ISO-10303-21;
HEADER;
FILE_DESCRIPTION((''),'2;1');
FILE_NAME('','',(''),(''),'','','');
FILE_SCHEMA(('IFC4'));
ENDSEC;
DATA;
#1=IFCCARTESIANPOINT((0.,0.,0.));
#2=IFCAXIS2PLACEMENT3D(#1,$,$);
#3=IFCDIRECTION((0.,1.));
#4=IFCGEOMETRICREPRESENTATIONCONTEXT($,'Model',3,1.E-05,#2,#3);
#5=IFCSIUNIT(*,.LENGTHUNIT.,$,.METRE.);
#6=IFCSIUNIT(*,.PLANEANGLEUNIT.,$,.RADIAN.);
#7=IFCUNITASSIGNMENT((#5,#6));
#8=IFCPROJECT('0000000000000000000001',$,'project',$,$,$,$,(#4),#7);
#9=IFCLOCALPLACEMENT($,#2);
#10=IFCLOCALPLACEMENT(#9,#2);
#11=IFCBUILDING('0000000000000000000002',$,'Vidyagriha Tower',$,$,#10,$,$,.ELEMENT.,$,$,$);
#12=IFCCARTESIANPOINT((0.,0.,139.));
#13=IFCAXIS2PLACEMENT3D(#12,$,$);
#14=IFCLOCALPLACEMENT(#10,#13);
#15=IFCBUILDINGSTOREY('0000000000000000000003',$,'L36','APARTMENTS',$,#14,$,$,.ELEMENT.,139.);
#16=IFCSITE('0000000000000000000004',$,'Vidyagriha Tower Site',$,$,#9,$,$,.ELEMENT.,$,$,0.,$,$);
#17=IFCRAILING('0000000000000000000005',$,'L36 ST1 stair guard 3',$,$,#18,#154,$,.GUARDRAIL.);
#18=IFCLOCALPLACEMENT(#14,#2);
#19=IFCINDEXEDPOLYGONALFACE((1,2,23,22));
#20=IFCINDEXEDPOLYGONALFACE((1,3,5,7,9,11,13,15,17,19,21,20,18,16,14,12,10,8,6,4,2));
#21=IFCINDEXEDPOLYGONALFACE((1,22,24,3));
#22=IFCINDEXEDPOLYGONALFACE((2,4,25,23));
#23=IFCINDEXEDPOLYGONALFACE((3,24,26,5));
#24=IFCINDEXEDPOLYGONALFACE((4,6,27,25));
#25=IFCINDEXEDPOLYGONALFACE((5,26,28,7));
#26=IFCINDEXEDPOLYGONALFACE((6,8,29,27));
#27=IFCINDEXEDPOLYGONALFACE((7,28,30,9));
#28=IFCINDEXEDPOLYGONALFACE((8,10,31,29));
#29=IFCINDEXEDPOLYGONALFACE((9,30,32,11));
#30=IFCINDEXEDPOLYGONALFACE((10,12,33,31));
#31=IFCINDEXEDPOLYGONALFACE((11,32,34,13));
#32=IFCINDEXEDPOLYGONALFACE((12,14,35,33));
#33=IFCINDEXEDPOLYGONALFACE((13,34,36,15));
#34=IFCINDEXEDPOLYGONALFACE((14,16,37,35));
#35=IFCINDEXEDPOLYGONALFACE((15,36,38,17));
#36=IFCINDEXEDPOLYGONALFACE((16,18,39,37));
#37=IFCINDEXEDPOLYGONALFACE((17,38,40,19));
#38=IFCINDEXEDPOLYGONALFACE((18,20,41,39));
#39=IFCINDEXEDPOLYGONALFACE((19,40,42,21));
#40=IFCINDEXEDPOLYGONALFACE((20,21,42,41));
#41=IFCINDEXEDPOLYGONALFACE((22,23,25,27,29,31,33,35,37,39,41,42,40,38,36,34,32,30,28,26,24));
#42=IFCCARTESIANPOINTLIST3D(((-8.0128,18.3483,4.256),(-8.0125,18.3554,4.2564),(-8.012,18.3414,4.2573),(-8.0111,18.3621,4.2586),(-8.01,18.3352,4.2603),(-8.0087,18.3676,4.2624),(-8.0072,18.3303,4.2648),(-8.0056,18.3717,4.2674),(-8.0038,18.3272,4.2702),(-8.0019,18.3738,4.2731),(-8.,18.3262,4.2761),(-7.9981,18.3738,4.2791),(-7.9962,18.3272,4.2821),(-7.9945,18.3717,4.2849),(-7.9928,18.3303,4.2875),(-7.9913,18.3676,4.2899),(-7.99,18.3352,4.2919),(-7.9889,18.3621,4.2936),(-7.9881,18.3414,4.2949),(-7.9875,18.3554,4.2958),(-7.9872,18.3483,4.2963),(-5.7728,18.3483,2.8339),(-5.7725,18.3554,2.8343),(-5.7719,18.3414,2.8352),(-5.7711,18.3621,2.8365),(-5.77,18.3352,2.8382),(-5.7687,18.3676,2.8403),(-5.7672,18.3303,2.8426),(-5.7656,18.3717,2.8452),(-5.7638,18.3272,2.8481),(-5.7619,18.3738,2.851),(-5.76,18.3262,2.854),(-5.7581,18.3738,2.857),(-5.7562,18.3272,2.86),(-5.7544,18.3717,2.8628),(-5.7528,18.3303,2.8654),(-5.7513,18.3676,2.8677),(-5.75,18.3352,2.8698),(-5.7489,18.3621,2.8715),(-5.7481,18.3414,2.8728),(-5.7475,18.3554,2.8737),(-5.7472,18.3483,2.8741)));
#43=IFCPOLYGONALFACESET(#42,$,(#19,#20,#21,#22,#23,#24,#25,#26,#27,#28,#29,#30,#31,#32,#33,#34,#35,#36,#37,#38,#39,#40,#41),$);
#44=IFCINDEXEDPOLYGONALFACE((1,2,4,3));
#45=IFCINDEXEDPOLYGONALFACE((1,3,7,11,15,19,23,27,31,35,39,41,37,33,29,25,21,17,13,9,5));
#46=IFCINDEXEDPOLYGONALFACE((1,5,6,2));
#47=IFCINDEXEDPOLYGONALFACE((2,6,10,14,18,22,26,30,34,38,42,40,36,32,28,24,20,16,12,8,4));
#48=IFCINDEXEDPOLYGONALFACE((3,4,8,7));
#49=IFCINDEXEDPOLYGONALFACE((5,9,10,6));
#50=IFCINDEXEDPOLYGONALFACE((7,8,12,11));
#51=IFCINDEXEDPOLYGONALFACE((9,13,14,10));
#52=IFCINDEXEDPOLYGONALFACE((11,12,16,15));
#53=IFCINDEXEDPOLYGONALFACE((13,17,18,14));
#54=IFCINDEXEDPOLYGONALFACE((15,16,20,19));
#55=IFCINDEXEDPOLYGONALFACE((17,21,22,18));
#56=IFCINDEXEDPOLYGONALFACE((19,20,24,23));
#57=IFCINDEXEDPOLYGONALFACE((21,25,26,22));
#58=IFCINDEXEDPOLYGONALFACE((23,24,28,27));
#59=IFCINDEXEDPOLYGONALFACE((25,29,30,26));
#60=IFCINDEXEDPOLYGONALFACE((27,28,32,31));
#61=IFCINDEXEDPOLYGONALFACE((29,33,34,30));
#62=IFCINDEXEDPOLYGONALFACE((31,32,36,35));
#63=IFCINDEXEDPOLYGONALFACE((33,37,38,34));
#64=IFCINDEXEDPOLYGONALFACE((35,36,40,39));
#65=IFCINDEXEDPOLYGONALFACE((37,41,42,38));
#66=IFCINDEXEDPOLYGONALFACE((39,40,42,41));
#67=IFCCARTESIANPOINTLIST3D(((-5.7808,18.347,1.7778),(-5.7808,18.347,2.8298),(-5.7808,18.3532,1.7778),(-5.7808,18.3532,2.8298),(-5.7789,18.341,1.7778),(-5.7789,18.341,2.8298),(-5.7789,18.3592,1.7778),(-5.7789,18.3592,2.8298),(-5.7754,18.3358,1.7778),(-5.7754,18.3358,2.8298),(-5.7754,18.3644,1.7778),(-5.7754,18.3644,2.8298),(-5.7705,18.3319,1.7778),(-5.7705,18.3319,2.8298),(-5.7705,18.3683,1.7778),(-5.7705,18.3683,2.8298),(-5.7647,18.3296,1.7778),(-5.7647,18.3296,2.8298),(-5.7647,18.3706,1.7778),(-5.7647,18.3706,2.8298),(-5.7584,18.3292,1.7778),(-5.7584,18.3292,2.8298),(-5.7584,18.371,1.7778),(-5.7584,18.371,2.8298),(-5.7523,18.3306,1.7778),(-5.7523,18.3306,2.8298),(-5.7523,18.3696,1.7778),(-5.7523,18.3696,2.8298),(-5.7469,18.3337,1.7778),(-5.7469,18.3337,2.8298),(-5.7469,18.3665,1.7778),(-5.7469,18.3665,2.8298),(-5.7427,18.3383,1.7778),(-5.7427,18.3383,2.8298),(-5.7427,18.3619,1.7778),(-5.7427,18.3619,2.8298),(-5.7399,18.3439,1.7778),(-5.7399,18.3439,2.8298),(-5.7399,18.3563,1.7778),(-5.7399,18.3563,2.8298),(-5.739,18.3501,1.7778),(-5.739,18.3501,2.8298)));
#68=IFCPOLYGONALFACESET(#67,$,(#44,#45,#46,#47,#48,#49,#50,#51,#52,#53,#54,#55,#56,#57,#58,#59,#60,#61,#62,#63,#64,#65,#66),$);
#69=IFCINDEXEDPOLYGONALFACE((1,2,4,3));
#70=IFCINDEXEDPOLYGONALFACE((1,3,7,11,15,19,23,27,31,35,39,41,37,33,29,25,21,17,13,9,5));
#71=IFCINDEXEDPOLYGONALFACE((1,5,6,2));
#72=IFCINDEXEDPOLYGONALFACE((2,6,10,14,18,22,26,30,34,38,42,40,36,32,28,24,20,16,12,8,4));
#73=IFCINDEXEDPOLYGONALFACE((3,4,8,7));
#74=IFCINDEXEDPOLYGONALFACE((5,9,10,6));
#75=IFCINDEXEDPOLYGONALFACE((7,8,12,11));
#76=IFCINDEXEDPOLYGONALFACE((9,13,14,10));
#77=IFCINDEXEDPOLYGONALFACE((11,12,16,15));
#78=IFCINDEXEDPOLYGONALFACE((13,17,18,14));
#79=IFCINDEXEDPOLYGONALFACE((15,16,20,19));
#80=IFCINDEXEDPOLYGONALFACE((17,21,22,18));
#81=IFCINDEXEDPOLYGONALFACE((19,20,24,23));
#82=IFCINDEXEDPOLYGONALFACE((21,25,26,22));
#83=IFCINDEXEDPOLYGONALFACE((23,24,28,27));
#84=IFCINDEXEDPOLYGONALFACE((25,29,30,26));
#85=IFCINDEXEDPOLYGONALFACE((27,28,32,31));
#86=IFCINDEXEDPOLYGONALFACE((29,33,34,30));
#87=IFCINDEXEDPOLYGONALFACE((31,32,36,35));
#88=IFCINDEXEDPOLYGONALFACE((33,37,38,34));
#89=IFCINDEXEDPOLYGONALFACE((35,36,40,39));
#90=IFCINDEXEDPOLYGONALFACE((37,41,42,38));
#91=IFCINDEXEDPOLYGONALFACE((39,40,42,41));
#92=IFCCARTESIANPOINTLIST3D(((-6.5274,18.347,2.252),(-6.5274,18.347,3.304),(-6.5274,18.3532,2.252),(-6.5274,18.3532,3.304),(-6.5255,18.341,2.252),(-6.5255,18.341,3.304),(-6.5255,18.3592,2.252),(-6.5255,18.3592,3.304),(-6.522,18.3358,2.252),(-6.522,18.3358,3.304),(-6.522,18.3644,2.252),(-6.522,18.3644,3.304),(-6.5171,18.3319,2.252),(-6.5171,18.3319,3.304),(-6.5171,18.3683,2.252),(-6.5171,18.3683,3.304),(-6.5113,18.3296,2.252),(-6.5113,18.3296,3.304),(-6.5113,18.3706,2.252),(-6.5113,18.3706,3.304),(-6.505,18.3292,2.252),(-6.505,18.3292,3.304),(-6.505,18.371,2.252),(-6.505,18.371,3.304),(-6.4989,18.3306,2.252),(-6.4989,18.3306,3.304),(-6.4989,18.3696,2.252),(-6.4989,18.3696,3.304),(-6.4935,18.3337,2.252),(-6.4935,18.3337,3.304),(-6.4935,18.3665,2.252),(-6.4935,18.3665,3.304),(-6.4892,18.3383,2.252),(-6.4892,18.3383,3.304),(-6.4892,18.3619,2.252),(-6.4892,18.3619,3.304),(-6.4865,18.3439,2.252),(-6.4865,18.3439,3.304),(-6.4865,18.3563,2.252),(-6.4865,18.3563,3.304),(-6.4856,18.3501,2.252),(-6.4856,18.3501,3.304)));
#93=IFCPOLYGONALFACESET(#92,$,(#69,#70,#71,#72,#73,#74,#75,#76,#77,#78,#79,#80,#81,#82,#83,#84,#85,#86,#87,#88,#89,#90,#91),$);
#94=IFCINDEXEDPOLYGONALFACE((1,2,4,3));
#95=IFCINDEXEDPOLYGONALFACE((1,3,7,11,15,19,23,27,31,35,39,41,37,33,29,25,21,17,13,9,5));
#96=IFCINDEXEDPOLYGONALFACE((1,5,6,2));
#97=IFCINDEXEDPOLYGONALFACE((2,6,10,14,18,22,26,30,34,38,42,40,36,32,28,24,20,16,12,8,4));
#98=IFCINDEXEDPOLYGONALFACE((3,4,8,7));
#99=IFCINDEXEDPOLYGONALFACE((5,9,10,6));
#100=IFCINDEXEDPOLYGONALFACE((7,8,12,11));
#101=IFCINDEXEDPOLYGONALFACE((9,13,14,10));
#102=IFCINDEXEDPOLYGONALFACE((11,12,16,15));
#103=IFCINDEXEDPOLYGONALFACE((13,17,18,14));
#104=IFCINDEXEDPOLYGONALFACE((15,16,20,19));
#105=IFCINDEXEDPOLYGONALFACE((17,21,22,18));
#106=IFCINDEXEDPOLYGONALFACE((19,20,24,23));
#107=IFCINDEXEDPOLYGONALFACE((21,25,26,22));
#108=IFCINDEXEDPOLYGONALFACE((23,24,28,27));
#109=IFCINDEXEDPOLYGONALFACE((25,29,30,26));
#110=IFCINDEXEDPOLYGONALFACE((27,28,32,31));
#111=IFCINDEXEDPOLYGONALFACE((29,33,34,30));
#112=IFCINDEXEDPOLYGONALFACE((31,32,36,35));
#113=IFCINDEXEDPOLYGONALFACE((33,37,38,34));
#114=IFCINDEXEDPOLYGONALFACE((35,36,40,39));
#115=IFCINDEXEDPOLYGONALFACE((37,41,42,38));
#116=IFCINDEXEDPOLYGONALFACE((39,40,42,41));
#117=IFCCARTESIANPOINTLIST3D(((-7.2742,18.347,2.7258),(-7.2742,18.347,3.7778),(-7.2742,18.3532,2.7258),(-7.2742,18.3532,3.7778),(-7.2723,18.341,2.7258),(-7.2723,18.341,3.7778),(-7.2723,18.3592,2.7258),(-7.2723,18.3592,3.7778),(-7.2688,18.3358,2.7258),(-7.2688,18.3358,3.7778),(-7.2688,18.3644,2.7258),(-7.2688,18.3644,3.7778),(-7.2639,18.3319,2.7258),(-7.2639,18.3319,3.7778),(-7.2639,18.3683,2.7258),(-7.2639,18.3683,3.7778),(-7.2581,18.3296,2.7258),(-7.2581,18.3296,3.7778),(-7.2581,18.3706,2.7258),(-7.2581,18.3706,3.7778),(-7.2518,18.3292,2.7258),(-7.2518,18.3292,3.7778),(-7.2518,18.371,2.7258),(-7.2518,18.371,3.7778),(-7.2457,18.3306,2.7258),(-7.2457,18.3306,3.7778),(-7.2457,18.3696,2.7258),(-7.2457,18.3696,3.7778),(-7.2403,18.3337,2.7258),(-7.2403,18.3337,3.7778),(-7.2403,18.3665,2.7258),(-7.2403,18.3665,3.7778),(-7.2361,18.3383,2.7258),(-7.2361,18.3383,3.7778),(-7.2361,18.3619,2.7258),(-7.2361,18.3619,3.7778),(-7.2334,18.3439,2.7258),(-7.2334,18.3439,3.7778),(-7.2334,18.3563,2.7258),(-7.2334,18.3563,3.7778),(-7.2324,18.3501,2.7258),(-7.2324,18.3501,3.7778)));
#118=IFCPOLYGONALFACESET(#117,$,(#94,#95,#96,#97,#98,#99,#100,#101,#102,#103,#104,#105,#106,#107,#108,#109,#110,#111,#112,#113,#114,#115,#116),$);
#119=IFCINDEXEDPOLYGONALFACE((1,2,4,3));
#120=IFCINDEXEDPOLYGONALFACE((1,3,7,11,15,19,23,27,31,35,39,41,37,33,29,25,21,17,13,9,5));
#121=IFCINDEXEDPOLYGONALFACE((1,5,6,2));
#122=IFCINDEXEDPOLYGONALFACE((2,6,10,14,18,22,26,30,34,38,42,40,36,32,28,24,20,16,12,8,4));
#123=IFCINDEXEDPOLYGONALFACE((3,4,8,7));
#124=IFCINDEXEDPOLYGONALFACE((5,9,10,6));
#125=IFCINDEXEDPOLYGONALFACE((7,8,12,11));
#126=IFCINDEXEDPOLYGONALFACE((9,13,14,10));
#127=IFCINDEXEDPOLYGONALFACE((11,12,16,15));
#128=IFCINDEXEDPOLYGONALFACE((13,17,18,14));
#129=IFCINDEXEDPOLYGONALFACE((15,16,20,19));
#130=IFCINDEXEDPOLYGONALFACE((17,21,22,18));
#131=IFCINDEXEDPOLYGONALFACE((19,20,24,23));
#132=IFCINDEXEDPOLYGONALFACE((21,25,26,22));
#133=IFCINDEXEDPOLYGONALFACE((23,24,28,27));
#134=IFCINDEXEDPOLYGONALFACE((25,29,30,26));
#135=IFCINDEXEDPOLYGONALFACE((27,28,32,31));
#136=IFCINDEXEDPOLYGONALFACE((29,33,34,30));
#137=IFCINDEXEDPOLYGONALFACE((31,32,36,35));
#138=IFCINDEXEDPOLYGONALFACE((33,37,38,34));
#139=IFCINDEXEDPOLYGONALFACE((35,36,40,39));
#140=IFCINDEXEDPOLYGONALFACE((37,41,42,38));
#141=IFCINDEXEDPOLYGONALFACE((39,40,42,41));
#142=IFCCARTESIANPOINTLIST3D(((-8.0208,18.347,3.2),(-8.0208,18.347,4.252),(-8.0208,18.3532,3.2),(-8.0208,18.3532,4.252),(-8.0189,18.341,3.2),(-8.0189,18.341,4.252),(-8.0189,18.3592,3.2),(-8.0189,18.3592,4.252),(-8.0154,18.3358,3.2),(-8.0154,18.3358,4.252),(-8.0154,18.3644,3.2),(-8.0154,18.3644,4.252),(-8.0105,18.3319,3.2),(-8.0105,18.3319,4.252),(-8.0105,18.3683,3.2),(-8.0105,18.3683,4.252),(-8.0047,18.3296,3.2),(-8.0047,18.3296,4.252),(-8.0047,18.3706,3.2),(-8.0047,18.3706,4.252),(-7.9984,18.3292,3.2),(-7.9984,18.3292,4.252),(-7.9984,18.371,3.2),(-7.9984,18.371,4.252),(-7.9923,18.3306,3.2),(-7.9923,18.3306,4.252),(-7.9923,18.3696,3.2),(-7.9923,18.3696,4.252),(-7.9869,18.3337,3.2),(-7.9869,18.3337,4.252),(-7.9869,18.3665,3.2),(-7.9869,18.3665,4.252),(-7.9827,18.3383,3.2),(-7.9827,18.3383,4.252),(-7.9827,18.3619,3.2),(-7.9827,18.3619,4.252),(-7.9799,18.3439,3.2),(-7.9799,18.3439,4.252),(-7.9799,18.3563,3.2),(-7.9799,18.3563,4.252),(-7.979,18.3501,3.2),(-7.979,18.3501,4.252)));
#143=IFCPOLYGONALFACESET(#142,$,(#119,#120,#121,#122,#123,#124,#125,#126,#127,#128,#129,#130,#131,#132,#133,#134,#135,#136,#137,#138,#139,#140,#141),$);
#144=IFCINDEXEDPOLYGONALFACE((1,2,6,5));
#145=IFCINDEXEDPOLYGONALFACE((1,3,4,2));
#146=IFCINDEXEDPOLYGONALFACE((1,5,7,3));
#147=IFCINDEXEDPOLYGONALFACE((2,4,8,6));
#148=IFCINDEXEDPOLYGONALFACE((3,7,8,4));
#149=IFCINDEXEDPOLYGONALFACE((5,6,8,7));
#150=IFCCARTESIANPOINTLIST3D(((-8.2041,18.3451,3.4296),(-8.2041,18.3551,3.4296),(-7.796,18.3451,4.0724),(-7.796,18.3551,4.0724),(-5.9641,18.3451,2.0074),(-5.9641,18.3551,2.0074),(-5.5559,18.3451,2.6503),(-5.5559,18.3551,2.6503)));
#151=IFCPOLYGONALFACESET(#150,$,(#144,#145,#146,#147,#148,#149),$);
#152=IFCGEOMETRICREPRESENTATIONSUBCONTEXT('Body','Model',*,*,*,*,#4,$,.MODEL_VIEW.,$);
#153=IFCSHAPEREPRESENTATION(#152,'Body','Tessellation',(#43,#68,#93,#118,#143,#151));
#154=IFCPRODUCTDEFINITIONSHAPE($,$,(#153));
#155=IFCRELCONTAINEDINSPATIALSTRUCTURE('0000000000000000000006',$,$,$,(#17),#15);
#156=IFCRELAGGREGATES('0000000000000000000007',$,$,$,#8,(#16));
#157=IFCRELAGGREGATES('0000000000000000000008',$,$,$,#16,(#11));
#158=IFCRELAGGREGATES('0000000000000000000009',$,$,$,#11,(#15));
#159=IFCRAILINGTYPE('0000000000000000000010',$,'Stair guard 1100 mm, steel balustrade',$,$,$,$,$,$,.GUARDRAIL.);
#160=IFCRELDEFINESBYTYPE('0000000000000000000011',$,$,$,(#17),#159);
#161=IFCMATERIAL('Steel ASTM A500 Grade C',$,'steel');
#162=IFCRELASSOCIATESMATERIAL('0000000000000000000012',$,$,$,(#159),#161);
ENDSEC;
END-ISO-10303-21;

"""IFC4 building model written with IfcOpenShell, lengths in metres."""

from ifc_helpers import new_model, si_unit, direction, frame, origin, origin_2d, place, context, subcontext, project, spatial, rectangle, circle, extrude, material, type_object, element, save


model = new_model("IFC4")

# Units and contexts
model_context = context("Model", 3, precision=1e-05, world=origin(), true_north=direction((0.0, 1.0)))
body_context = subcontext(model_context, "Body", "Model", "MODEL_VIEW")
ifc_project = project(units=[si_unit("LENGTHUNIT", "METRE"), si_unit("PLANEANGLEUNIT", "RADIAN")], contexts=[model_context])

# Site, building, storey
site_placement = place(None, origin())
site = spatial("IfcSite", under=ifc_project, at=site_placement, Name="Vidyagriha Tower Site", CompositionType="ELEMENT", RefElevation=0.0)
building_placement = place(site_placement, origin())
building = spatial("IfcBuilding", under=site, at=building_placement, Name="Vidyagriha Tower", CompositionType="ELEMENT")
storey_placement = place(building_placement, frame((0.0, 0.0, 139.0)))
storey = spatial("IfcBuildingStorey", under=building, at=storey_placement, Name="L36", Description="APARTMENTS", CompositionType="ELEMENT", Elevation=139.0)

# Railing
ifc_material_1 = material(Name="Steel ASTM A500 Grade C", Category="steel")
railing_type_1 = type_object("IfcRailingType", Name="Stair guard 1100 mm, steel balustrade", PredefinedType="GUARDRAIL", material=ifc_material_1)
railing_1_placement = place(storey_placement, frame((-5.76, 18.3501, 1.7778)))
element("IfcRailing", 1, at=railing_1_placement, inside=storey, type_object=railing_type_1, Name="L36 ST1 stair guard 3", PredefinedType="GUARDRAIL", context=body_context, shape_type="SweptSolid", body=[
    extrude(circle(Radius=0.0239, at=origin_2d()), frame((0.0, 0.0, 1.0762), z_axis=(-0.844229, 0.0, 0.535982), x_axis=(0.0, -1.0, 0.0)), (0.0, 0.0, 1.0), 2.6533),
    extrude(circle(Radius=0.021, at=origin_2d()), origin(), (0.0, 0.0, 1.0), 1.052),
    extrude(circle(Radius=0.021, at=origin_2d()), frame((-0.7466, 0.0, 0.4741)), (0.0, 0.0, 1.0), 1.052),
    extrude(circle(Radius=0.021, at=origin_2d()), frame((-1.4934, 0.0, 0.948)), (0.0, 0.0, 1.0), 1.052),
    extrude(circle(Radius=0.021, at=origin_2d()), frame((-2.24, 0.0, 1.4221)), (0.0, 0.0, 1.0), 1.052),
    extrude(rectangle(XDim=0.01, YDim=0.7615, at=origin_2d()), frame((0.0, 0.0, 0.551), z_axis=(-0.844229, 0.0, 0.535982), x_axis=(0.0, -1.0, 0.0)), (0.0, 0.0, 1.0), 2.6533),
])

save(model, "model.ifc")
